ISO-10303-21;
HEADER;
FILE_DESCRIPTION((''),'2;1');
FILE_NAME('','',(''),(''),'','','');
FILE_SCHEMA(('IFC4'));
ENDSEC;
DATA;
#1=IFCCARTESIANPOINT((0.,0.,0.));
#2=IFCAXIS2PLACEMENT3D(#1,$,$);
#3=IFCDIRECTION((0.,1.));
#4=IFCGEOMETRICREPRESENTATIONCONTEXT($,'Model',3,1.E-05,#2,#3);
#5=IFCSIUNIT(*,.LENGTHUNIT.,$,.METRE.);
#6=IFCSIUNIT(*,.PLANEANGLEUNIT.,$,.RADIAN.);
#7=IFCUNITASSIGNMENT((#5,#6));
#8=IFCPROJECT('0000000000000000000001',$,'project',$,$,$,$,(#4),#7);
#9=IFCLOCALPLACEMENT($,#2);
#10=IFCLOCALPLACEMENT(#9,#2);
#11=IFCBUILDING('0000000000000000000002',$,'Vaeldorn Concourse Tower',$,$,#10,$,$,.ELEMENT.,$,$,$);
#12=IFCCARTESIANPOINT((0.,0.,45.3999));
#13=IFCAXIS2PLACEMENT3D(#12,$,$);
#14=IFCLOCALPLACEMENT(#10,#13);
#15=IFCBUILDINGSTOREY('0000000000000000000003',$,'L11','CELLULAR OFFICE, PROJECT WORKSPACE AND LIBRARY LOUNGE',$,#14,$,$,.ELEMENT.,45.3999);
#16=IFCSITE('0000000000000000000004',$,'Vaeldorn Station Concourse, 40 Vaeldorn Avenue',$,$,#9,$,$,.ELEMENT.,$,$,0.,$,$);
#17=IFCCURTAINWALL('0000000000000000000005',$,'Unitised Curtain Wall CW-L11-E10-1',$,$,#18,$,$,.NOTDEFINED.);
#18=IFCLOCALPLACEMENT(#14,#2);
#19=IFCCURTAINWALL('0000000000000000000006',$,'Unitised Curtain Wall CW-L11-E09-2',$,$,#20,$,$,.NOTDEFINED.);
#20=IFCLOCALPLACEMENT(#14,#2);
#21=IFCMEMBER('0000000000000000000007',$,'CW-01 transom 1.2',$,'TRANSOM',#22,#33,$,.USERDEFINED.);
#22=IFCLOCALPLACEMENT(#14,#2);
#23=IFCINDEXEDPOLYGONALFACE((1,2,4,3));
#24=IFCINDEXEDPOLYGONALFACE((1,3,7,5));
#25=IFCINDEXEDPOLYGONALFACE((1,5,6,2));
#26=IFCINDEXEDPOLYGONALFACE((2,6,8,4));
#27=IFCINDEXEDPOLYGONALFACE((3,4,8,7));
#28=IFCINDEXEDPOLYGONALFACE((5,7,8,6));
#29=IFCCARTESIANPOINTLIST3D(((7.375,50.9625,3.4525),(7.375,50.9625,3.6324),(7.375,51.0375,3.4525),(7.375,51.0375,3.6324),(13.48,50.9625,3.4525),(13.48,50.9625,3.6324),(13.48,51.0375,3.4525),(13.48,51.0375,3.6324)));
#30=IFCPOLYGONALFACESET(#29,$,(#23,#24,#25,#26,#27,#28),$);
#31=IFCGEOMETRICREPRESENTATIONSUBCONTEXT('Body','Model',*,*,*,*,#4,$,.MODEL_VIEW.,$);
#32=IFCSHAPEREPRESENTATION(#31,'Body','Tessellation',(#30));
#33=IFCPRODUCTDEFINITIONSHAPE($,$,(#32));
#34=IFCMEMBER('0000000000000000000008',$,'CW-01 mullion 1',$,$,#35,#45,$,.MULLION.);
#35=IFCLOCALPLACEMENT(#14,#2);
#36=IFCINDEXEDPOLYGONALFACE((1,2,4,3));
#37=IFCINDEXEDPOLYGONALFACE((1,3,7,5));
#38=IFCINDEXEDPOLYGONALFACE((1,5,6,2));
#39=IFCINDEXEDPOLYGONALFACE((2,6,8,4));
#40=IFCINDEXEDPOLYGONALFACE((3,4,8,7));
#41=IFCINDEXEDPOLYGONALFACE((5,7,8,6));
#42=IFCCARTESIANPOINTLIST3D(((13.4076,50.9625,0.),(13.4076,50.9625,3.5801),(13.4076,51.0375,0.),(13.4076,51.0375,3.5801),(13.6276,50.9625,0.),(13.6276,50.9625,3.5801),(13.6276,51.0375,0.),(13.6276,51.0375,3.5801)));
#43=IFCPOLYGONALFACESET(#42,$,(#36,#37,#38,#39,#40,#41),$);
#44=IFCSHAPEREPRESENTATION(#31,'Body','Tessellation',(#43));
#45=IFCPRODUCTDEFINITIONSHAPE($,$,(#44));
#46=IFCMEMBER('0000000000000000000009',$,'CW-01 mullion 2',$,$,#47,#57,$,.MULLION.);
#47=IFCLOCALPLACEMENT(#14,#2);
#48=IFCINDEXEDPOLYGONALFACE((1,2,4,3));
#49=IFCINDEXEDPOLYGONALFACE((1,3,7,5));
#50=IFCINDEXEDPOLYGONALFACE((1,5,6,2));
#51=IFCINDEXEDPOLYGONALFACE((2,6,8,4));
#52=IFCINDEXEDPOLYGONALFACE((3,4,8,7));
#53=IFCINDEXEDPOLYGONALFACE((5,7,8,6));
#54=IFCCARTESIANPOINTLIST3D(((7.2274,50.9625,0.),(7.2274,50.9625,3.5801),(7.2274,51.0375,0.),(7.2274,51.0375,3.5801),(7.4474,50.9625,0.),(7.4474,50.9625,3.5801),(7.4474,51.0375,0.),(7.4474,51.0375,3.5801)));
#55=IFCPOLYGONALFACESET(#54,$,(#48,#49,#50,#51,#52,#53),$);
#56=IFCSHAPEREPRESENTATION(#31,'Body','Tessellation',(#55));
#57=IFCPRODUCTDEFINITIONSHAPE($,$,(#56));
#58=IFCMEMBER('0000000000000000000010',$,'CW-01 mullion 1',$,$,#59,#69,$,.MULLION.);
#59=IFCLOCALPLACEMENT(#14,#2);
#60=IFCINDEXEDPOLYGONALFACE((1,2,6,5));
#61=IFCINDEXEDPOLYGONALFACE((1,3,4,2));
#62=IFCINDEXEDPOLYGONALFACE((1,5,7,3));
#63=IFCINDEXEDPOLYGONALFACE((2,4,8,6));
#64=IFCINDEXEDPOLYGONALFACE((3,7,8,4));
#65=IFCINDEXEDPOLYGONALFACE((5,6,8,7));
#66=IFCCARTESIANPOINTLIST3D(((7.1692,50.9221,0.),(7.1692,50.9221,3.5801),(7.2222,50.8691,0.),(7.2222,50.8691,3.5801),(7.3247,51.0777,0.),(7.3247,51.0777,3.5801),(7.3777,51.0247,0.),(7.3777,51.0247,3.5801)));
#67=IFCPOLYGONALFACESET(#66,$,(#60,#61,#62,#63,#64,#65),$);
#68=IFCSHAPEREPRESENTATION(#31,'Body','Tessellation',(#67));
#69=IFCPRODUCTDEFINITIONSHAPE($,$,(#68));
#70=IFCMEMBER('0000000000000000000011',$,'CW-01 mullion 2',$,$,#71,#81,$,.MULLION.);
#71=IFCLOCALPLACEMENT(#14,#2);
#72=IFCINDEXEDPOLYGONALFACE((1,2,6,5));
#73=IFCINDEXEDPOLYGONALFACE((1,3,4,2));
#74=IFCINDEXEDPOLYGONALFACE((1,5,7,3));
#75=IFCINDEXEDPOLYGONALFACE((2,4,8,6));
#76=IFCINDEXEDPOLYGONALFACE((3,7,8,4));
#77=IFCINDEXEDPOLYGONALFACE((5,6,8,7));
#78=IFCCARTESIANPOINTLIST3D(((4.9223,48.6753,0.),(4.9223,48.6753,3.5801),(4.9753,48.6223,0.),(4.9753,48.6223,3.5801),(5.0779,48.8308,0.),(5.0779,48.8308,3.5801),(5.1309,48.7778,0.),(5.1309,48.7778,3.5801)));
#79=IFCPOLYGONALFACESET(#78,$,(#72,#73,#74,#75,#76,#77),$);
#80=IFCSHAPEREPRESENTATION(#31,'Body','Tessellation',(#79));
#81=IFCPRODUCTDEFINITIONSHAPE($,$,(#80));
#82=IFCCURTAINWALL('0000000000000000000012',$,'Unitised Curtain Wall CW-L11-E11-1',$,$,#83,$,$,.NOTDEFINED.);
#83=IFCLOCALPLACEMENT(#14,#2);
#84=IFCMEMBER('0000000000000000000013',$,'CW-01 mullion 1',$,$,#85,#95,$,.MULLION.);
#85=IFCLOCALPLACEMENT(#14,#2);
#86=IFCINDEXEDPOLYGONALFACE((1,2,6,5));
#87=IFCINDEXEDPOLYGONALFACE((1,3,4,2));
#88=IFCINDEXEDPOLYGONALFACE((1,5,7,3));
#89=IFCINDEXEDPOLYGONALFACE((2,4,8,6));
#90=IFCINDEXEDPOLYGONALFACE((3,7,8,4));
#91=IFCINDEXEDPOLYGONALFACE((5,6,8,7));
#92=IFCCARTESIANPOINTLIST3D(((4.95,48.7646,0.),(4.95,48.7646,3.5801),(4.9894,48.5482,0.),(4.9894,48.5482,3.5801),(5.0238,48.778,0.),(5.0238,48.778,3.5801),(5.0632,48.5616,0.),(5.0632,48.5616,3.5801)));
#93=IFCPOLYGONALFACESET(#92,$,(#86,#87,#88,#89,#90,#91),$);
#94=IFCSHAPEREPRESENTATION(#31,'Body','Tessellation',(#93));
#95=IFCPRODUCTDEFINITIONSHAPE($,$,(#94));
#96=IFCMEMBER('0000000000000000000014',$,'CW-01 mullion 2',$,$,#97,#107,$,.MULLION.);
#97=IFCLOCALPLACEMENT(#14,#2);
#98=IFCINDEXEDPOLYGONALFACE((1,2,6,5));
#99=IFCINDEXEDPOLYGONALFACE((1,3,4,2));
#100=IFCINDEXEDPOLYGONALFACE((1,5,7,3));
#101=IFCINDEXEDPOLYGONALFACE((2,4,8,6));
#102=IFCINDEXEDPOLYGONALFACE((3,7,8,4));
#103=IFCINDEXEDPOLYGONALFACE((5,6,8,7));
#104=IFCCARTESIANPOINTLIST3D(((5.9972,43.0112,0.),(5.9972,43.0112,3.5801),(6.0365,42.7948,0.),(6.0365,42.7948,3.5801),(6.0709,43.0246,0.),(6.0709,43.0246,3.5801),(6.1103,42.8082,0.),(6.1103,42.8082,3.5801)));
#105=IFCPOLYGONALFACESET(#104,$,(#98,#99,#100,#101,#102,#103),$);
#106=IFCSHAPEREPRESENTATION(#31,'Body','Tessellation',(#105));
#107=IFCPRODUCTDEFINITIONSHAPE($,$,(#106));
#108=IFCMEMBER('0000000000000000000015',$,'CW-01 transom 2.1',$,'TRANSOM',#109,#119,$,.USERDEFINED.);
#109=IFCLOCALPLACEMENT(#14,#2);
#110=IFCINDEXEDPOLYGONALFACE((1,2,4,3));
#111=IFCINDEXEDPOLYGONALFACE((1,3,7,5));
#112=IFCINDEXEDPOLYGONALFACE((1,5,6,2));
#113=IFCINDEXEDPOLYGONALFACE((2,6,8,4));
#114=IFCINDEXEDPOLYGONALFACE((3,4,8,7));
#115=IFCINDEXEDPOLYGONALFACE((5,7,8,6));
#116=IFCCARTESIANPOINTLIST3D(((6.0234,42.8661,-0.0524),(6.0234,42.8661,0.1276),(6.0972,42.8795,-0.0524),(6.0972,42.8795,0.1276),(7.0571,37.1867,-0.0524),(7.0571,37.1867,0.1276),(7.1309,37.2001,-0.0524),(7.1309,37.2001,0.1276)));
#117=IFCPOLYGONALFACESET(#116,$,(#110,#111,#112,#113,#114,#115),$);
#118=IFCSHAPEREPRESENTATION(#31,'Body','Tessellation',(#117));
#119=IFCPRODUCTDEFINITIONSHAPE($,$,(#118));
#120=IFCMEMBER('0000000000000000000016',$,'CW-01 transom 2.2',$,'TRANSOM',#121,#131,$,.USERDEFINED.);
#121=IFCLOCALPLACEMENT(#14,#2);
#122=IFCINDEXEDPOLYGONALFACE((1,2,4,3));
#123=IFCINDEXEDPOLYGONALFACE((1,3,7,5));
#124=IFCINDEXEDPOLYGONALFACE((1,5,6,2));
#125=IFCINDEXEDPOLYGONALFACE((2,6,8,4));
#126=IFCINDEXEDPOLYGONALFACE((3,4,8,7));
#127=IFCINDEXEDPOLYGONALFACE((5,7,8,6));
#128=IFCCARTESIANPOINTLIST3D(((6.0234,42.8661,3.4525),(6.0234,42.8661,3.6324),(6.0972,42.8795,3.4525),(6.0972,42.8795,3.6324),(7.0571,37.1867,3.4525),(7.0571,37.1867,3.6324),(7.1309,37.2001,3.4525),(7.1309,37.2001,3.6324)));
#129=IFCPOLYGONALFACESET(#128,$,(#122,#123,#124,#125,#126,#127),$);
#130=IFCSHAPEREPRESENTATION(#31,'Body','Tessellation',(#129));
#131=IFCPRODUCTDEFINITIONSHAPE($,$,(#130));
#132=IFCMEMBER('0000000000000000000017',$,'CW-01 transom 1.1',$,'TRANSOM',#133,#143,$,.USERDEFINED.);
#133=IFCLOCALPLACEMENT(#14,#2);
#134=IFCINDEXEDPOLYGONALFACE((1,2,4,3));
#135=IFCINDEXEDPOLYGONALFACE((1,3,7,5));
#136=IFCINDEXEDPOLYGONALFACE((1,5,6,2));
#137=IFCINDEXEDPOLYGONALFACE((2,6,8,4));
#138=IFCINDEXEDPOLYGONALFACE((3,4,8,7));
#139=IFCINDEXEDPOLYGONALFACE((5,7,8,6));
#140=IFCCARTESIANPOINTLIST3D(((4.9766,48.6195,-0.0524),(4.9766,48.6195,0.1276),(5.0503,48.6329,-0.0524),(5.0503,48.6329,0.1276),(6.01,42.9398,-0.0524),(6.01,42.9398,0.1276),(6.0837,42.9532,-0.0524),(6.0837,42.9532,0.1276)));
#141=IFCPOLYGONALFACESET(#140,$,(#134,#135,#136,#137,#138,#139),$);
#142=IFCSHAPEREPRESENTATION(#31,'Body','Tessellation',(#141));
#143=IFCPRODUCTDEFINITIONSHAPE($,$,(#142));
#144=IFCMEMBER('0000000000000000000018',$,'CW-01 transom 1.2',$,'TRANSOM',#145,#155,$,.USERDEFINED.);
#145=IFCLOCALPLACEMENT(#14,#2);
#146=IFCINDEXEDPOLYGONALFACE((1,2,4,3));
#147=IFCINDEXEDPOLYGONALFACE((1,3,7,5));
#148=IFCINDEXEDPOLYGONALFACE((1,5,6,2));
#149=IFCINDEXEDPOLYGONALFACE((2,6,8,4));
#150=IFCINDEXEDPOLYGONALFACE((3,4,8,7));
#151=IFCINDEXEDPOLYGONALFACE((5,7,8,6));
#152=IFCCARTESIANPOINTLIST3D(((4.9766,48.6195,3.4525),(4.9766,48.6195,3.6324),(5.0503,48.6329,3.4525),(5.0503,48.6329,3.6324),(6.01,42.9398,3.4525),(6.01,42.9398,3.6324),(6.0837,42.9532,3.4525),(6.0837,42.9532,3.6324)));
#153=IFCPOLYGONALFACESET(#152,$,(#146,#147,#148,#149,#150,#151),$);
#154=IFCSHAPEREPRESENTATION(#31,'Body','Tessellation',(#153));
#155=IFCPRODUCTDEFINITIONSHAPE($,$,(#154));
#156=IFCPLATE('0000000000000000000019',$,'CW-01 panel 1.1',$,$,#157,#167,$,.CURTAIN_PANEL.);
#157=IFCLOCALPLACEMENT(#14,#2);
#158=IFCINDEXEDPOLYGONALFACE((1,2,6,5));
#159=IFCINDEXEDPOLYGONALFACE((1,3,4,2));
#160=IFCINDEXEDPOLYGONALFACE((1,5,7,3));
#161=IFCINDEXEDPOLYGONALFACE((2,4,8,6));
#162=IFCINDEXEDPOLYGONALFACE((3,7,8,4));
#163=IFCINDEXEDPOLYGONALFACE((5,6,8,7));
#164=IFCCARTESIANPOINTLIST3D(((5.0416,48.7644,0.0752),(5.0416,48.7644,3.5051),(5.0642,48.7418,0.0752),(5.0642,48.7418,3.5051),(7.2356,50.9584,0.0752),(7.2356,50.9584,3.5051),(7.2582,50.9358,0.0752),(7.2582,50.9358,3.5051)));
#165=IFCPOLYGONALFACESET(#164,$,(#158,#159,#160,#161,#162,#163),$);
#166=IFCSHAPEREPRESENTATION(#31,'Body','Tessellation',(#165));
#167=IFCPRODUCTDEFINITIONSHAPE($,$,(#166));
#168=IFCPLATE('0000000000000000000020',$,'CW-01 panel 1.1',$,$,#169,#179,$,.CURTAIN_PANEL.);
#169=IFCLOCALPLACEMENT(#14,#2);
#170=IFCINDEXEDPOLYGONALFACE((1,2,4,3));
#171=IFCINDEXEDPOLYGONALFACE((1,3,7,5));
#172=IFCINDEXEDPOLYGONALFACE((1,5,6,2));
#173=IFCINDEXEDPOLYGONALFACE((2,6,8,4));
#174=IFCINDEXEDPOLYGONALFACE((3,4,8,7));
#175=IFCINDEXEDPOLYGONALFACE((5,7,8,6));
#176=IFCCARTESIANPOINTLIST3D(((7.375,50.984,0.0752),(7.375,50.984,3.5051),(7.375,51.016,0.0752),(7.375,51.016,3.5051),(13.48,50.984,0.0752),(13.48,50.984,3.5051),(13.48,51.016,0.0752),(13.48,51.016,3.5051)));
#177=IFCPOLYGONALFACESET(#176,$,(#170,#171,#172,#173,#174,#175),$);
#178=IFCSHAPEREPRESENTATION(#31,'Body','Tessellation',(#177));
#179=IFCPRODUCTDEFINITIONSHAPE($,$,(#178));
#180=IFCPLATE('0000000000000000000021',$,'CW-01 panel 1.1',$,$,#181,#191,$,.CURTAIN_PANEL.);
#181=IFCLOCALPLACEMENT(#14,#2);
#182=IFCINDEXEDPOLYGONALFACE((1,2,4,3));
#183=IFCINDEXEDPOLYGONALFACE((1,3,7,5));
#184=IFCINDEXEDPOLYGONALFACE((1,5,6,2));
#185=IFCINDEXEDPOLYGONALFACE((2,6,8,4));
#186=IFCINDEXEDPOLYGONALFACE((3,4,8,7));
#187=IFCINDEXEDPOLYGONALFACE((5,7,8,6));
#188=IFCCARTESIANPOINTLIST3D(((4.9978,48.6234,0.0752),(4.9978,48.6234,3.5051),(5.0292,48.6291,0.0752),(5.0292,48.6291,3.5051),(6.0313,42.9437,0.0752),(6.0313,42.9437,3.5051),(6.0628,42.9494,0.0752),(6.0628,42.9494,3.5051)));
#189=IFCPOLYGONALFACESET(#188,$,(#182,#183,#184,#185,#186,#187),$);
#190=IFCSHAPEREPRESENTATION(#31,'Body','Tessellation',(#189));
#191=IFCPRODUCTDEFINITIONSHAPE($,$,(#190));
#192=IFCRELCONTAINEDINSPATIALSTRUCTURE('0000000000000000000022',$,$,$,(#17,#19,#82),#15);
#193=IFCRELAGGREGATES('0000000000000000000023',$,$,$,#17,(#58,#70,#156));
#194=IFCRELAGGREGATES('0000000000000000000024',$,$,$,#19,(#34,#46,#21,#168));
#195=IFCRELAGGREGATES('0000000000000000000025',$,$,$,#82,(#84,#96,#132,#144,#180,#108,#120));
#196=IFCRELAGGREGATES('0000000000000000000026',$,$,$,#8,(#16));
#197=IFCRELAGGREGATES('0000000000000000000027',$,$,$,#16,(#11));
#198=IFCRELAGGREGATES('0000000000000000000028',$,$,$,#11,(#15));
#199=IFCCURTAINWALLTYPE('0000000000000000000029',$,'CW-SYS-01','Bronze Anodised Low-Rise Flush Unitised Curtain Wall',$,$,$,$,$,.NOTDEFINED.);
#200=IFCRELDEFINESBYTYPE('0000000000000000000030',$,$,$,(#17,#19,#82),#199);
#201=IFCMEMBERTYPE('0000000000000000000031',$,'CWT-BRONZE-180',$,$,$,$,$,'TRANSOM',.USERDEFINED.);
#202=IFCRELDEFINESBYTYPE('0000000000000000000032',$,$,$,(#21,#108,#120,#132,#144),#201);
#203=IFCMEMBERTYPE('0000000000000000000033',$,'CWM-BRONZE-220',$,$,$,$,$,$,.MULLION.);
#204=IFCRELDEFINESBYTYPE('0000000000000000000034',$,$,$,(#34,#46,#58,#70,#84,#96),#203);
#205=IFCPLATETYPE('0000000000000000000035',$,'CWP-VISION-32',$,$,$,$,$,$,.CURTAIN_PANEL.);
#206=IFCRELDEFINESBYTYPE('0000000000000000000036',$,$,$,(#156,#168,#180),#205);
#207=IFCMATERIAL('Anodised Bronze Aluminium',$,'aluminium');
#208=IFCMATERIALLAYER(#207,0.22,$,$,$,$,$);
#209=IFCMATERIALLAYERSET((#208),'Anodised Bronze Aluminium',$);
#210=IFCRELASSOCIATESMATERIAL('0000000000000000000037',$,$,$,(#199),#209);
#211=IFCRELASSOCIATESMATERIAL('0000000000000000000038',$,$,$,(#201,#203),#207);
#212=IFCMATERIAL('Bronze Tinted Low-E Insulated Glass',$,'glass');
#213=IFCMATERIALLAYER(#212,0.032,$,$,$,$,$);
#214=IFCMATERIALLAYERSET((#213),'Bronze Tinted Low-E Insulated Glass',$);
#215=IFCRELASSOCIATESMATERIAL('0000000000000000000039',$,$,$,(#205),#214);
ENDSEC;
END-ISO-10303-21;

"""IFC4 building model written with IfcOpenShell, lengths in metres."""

from ifc_helpers import new_model, si_unit, direction, frame, origin, origin_2d, place, context, subcontext, project, spatial, rectangle, extrude, source, transform, mapped, material, layer, layer_set, material_profile, profile_set, type_object, element, aggregate, save


model = new_model("IFC4")

# Units and contexts
model_context = context("Model", 3, precision=1e-05, world=origin(), true_north=direction((0.0, 1.0)))
body_context = subcontext(model_context, "Body", "Model", "MODEL_VIEW")
ifc_project = project(units=[si_unit("LENGTHUNIT", "METRE"), si_unit("PLANEANGLEUNIT", "RADIAN")], contexts=[model_context])

# Site, building, storey
site_placement = place(None, origin())
site = spatial("IfcSite", under=ifc_project, at=site_placement, Name="Vaeldorn Station Concourse, 40 Vaeldorn Avenue", CompositionType="ELEMENT", RefElevation=0.0)
building_placement = place(site_placement, origin())
building = spatial("IfcBuilding", under=site, at=building_placement, Name="Vaeldorn Concourse Tower", CompositionType="ELEMENT")
storey_placement = place(building_placement, frame((0.0, 0.0, 45.3999)))
storey = spatial("IfcBuildingStorey", under=building, at=storey_placement, Name="L11", Description="CELLULAR OFFICE, PROJECT WORKSPACE AND LIBRARY LOUNGE", CompositionType="ELEMENT", Elevation=45.3999)

# Curtain walls, members
ifc_material_1 = material(Name="Anodised Bronze Aluminium", Category="aluminium")
ifc_layer_1 = layer(ifc_material_1, 0.22)
ifc_layer_set_1 = layer_set([ifc_layer_1], Name="Anodised Bronze Aluminium")
curtain_wall_type = type_object("IfcCurtainWallType", Name="CW-SYS-01", Description="Bronze Anodised Low-Rise Flush Unitised Curtain Wall", PredefinedType="NOTDEFINED", material=ifc_layer_set_1)
curtain_wall_1_placement = place(storey_placement, origin())
curtain_wall_1 = element("IfcCurtainWall", 1, at=curtain_wall_1_placement, inside=storey, type_object=curtain_wall_type, Name="Unitised Curtain Wall CW-L11-E10-1", PredefinedType="NOTDEFINED")
ifc_material_profile_1 = material_profile(ifc_material_1, rectangle(XDim=0.075, YDim=0.1799, at=origin_2d()), Name="CWT 75x180")
ifc_profile_set_1 = profile_set([ifc_material_profile_1], Name="Anodised Bronze Aluminium")
member_type_1 = type_object("IfcMemberType", Name="CWT-BRONZE-180", ElementType="TRANSOM", PredefinedType="USERDEFINED", material=ifc_profile_set_1)
curtain_wall_2_placement = place(storey_placement, origin())
curtain_wall_2 = element("IfcCurtainWall", 2, at=curtain_wall_2_placement, inside=storey, type_object=curtain_wall_type, Name="Unitised Curtain Wall CW-L11-E09-2", PredefinedType="NOTDEFINED")
shared_shape_1 = source(origin(), body_context, "Body", "SweptSolid", [
    extrude(rectangle(XDim=0.075, YDim=0.1799, at=origin_2d()), origin(), (0.0, 0.0, 1.0), 6.105),
])
member_1_placement = place(storey_placement, frame((13.48, 51.0, 3.5425), z_axis=(-1.0, 0.0, 0.0), x_axis=(0.0, -1.0, 0.0)))
member_1 = element("IfcMember", 3, at=member_1_placement, type_object=member_type_1, Name="CW-01 transom 1.2", ObjectType="TRANSOM", PredefinedType="USERDEFINED", context=body_context, shape_type="MappedRepresentation", body=[
    mapped(shared_shape_1, transform((0.0, 0.0, 0.0), scale=1.0)),
])
ifc_material_profile_2 = material_profile(ifc_material_1, rectangle(XDim=0.075, YDim=0.22, at=origin_2d()), Name="CWM 75x220")
ifc_profile_set_2 = profile_set([ifc_material_profile_2], Name="Anodised Bronze Aluminium")
member_type_2 = type_object("IfcMemberType", Name="CWM-BRONZE-220", PredefinedType="MULLION", material=ifc_profile_set_2)
shared_shape_2 = source(origin(), body_context, "Body", "SweptSolid", [
    extrude(rectangle(XDim=0.075, YDim=0.22, at=origin_2d()), origin(), (0.0, 0.0, 1.0), 3.5801),
])
member_2_placement = place(storey_placement, frame((13.5176, 51.0, 0.0), z_axis=(0.0, 0.0, 1.0), x_axis=(0.0, -1.0, 0.0)))
member_2 = element("IfcMember", 4, at=member_2_placement, type_object=member_type_2, Name="CW-01 mullion 1", PredefinedType="MULLION", context=body_context, shape_type="MappedRepresentation", body=[
    mapped(shared_shape_2, transform((0.0, 0.0, 0.0), scale=1.0)),
])
member_3_placement = place(storey_placement, frame((7.3374, 51.0, 0.0), z_axis=(0.0, 0.0, 1.0), x_axis=(0.0, -1.0, 0.0)))
member_3 = element("IfcMember", 5, at=member_3_placement, type_object=member_type_2, Name="CW-01 mullion 2", PredefinedType="MULLION", context=body_context, shape_type="MappedRepresentation", body=[
    mapped(shared_shape_2, transform((0.0, 0.0, 0.0), scale=1.0)),
])

# Members
member_4_placement = place(storey_placement, frame((7.2734, 50.9734, 0.0), z_axis=(0.0, 0.0, 1.0), x_axis=(0.707107, -0.707107, 0.0)))
member_4 = element("IfcMember", 6, at=member_4_placement, type_object=member_type_2, Name="CW-01 mullion 1", PredefinedType="MULLION", context=body_context, shape_type="MappedRepresentation", body=[
    mapped(shared_shape_2, transform((0.0, 0.0, 0.0), scale=1.0)),
])
member_5_placement = place(storey_placement, frame((5.0266, 48.7266, 0.0), z_axis=(0.0, 0.0, 1.0), x_axis=(0.707107, -0.707107, 0.0)))
member_5 = element("IfcMember", 7, at=member_5_placement, type_object=member_type_2, Name="CW-01 mullion 2", PredefinedType="MULLION", context=body_context, shape_type="MappedRepresentation", body=[
    mapped(shared_shape_2, transform((0.0, 0.0, 0.0), scale=1.0)),
])

# Curtain wall, members
curtain_wall_3_placement = place(storey_placement, origin())
curtain_wall_3 = element("IfcCurtainWall", 8, at=curtain_wall_3_placement, inside=storey, type_object=curtain_wall_type, Name="Unitised Curtain Wall CW-L11-E11-1", PredefinedType="NOTDEFINED")
member_6_placement = place(storey_placement, frame((5.0066, 48.6631, 0.0), z_axis=(0.0, 0.0, 1.0), x_axis=(0.983844, 0.17903, 0.0)))
member_6 = element("IfcMember", 9, at=member_6_placement, type_object=member_type_2, Name="CW-01 mullion 1", PredefinedType="MULLION", context=body_context, shape_type="MappedRepresentation", body=[
    mapped(shared_shape_2, transform((0.0, 0.0, 0.0), scale=1.0)),
])
member_7_placement = place(storey_placement, frame((6.0537, 42.9097, 0.0), z_axis=(0.0, 0.0, 1.0), x_axis=(0.983844, 0.17903, 0.0)))
member_7 = element("IfcMember", 10, at=member_7_placement, type_object=member_type_2, Name="CW-01 mullion 2", PredefinedType="MULLION", context=body_context, shape_type="MappedRepresentation", body=[
    mapped(shared_shape_2, transform((0.0, 0.0, 0.0), scale=1.0)),
])
shared_shape_3 = source(origin(), body_context, "Body", "SweptSolid", [
    extrude(rectangle(XDim=0.075, YDim=0.1799, at=origin_2d()), origin(), (0.0, 0.0, 1.0), 5.7727),
])
member_8_placement = place(storey_placement, frame((6.0603, 42.8728, 0.0376), z_axis=(0.179064, -0.983837, 0.0), x_axis=(0.983837, 0.179064, 0.0)))
member_8 = element("IfcMember", 11, at=member_8_placement, type_object=member_type_1, Name="CW-01 transom 2.1", ObjectType="TRANSOM", PredefinedType="USERDEFINED", context=body_context, shape_type="MappedRepresentation", body=[
    mapped(shared_shape_3, transform((0.0, 0.0, 0.0), scale=1.0)),
])
member_9_placement = place(storey_placement, frame((6.0603, 42.8728, 3.5425), z_axis=(0.179064, -0.983837, 0.0), x_axis=(0.983837, 0.179064, 0.0)))
member_9 = element("IfcMember", 12, at=member_9_placement, type_object=member_type_1, Name="CW-01 transom 2.2", ObjectType="TRANSOM", PredefinedType="USERDEFINED", context=body_context, shape_type="MappedRepresentation", body=[
    mapped(shared_shape_3, transform((0.0, 0.0, 0.0), scale=1.0)),
])
shared_shape_4 = source(origin(), body_context, "Body", "SweptSolid", [
    extrude(rectangle(XDim=0.075, YDim=0.1799, at=origin_2d()), origin(), (0.0, 0.0, 1.0), 5.7729),
])
member_10_placement = place(storey_placement, frame((5.0134, 48.6262, 0.0376), z_axis=(0.179016, -0.983846, 0.0), x_axis=(0.983846, 0.179016, 0.0)))
member_10 = element("IfcMember", 13, at=member_10_placement, type_object=member_type_1, Name="CW-01 transom 1.1", ObjectType="TRANSOM", PredefinedType="USERDEFINED", context=body_context, shape_type="MappedRepresentation", body=[
    mapped(shared_shape_4, transform((0.0, 0.0, 0.0), scale=1.0)),
])
member_11_placement = place(storey_placement, frame((5.0134, 48.6262, 3.5425), z_axis=(0.179016, -0.983846, 0.0), x_axis=(0.983846, 0.179016, 0.0)))
member_11 = element("IfcMember", 14, at=member_11_placement, type_object=member_type_1, Name="CW-01 transom 1.2", ObjectType="TRANSOM", PredefinedType="USERDEFINED", context=body_context, shape_type="MappedRepresentation", body=[
    mapped(shared_shape_4, transform((0.0, 0.0, 0.0), scale=1.0)),
])

# Plates
ifc_material_2 = material(Name="Bronze Tinted Low-E Insulated Glass", Category="glass")
ifc_layer_2 = layer(ifc_material_2, 0.032)
ifc_layer_set_2 = layer_set([ifc_layer_2], Name="Bronze Tinted Low-E Insulated Glass")
plate_type = type_object("IfcPlateType", Name="CWP-VISION-32", PredefinedType="CURTAIN_PANEL", material=ifc_layer_set_2)
shared_shape_5 = source(origin(), body_context, "Body", "SweptSolid", [
    extrude(rectangle(XDim=3.1028, YDim=0.032, at=origin_2d()), origin(), (0.0, 0.0, 1.0), 3.4299),
])
plate_1_placement = place(storey_placement, frame((6.1499, 49.8501, 0.0752), z_axis=(0.0, 0.0, 1.0), x_axis=(-0.707107, -0.707107, 0.0)))
plate_1 = element("IfcPlate", 15, at=plate_1_placement, type_object=plate_type, Name="CW-01 panel 1.1", PredefinedType="CURTAIN_PANEL", context=body_context, shape_type="MappedRepresentation", body=[
    mapped(shared_shape_5, transform((0.0, 0.0, 0.0), scale=1.0)),
])
aggregate(curtain_wall_1, [member_4, member_5, plate_1])
shared_shape_6 = source(origin(), body_context, "Body", "SweptSolid", [
    extrude(rectangle(XDim=6.105, YDim=0.032, at=origin_2d()), origin(), (0.0, 0.0, 1.0), 3.4299),
])
plate_2_placement = place(storey_placement, frame((10.4275, 51.0, 0.0752), z_axis=(0.0, 0.0, 1.0), x_axis=(-1.0, 0.0, 0.0)))
plate_2 = element("IfcPlate", 16, at=plate_2_placement, type_object=plate_type, Name="CW-01 panel 1.1", PredefinedType="CURTAIN_PANEL", context=body_context, shape_type="MappedRepresentation", body=[
    mapped(shared_shape_6, transform((0.0, 0.0, 0.0), scale=1.0)),
])
aggregate(curtain_wall_2, [member_2, member_3, member_1, plate_2])
shared_shape_7 = source(origin(), body_context, "Body", "SweptSolid", [
    extrude(rectangle(XDim=5.7729, YDim=0.032, at=origin_2d()), origin(), (0.0, 0.0, 1.0), 3.4299),
])
plate_3_placement = place(storey_placement, frame((5.5303, 45.7864, 0.0752), z_axis=(0.0, 0.0, 1.0), x_axis=(0.17903, -0.983844, 0.0)))
plate_3 = element("IfcPlate", 17, at=plate_3_placement, type_object=plate_type, Name="CW-01 panel 1.1", PredefinedType="CURTAIN_PANEL", context=body_context, shape_type="MappedRepresentation", body=[
    mapped(shared_shape_7, transform((0.0, 0.0, 0.0), scale=1.0)),
])
aggregate(curtain_wall_3, [member_6, member_7, member_10, member_11, plate_3, member_8, member_9])

save(model, "model.ifc")
